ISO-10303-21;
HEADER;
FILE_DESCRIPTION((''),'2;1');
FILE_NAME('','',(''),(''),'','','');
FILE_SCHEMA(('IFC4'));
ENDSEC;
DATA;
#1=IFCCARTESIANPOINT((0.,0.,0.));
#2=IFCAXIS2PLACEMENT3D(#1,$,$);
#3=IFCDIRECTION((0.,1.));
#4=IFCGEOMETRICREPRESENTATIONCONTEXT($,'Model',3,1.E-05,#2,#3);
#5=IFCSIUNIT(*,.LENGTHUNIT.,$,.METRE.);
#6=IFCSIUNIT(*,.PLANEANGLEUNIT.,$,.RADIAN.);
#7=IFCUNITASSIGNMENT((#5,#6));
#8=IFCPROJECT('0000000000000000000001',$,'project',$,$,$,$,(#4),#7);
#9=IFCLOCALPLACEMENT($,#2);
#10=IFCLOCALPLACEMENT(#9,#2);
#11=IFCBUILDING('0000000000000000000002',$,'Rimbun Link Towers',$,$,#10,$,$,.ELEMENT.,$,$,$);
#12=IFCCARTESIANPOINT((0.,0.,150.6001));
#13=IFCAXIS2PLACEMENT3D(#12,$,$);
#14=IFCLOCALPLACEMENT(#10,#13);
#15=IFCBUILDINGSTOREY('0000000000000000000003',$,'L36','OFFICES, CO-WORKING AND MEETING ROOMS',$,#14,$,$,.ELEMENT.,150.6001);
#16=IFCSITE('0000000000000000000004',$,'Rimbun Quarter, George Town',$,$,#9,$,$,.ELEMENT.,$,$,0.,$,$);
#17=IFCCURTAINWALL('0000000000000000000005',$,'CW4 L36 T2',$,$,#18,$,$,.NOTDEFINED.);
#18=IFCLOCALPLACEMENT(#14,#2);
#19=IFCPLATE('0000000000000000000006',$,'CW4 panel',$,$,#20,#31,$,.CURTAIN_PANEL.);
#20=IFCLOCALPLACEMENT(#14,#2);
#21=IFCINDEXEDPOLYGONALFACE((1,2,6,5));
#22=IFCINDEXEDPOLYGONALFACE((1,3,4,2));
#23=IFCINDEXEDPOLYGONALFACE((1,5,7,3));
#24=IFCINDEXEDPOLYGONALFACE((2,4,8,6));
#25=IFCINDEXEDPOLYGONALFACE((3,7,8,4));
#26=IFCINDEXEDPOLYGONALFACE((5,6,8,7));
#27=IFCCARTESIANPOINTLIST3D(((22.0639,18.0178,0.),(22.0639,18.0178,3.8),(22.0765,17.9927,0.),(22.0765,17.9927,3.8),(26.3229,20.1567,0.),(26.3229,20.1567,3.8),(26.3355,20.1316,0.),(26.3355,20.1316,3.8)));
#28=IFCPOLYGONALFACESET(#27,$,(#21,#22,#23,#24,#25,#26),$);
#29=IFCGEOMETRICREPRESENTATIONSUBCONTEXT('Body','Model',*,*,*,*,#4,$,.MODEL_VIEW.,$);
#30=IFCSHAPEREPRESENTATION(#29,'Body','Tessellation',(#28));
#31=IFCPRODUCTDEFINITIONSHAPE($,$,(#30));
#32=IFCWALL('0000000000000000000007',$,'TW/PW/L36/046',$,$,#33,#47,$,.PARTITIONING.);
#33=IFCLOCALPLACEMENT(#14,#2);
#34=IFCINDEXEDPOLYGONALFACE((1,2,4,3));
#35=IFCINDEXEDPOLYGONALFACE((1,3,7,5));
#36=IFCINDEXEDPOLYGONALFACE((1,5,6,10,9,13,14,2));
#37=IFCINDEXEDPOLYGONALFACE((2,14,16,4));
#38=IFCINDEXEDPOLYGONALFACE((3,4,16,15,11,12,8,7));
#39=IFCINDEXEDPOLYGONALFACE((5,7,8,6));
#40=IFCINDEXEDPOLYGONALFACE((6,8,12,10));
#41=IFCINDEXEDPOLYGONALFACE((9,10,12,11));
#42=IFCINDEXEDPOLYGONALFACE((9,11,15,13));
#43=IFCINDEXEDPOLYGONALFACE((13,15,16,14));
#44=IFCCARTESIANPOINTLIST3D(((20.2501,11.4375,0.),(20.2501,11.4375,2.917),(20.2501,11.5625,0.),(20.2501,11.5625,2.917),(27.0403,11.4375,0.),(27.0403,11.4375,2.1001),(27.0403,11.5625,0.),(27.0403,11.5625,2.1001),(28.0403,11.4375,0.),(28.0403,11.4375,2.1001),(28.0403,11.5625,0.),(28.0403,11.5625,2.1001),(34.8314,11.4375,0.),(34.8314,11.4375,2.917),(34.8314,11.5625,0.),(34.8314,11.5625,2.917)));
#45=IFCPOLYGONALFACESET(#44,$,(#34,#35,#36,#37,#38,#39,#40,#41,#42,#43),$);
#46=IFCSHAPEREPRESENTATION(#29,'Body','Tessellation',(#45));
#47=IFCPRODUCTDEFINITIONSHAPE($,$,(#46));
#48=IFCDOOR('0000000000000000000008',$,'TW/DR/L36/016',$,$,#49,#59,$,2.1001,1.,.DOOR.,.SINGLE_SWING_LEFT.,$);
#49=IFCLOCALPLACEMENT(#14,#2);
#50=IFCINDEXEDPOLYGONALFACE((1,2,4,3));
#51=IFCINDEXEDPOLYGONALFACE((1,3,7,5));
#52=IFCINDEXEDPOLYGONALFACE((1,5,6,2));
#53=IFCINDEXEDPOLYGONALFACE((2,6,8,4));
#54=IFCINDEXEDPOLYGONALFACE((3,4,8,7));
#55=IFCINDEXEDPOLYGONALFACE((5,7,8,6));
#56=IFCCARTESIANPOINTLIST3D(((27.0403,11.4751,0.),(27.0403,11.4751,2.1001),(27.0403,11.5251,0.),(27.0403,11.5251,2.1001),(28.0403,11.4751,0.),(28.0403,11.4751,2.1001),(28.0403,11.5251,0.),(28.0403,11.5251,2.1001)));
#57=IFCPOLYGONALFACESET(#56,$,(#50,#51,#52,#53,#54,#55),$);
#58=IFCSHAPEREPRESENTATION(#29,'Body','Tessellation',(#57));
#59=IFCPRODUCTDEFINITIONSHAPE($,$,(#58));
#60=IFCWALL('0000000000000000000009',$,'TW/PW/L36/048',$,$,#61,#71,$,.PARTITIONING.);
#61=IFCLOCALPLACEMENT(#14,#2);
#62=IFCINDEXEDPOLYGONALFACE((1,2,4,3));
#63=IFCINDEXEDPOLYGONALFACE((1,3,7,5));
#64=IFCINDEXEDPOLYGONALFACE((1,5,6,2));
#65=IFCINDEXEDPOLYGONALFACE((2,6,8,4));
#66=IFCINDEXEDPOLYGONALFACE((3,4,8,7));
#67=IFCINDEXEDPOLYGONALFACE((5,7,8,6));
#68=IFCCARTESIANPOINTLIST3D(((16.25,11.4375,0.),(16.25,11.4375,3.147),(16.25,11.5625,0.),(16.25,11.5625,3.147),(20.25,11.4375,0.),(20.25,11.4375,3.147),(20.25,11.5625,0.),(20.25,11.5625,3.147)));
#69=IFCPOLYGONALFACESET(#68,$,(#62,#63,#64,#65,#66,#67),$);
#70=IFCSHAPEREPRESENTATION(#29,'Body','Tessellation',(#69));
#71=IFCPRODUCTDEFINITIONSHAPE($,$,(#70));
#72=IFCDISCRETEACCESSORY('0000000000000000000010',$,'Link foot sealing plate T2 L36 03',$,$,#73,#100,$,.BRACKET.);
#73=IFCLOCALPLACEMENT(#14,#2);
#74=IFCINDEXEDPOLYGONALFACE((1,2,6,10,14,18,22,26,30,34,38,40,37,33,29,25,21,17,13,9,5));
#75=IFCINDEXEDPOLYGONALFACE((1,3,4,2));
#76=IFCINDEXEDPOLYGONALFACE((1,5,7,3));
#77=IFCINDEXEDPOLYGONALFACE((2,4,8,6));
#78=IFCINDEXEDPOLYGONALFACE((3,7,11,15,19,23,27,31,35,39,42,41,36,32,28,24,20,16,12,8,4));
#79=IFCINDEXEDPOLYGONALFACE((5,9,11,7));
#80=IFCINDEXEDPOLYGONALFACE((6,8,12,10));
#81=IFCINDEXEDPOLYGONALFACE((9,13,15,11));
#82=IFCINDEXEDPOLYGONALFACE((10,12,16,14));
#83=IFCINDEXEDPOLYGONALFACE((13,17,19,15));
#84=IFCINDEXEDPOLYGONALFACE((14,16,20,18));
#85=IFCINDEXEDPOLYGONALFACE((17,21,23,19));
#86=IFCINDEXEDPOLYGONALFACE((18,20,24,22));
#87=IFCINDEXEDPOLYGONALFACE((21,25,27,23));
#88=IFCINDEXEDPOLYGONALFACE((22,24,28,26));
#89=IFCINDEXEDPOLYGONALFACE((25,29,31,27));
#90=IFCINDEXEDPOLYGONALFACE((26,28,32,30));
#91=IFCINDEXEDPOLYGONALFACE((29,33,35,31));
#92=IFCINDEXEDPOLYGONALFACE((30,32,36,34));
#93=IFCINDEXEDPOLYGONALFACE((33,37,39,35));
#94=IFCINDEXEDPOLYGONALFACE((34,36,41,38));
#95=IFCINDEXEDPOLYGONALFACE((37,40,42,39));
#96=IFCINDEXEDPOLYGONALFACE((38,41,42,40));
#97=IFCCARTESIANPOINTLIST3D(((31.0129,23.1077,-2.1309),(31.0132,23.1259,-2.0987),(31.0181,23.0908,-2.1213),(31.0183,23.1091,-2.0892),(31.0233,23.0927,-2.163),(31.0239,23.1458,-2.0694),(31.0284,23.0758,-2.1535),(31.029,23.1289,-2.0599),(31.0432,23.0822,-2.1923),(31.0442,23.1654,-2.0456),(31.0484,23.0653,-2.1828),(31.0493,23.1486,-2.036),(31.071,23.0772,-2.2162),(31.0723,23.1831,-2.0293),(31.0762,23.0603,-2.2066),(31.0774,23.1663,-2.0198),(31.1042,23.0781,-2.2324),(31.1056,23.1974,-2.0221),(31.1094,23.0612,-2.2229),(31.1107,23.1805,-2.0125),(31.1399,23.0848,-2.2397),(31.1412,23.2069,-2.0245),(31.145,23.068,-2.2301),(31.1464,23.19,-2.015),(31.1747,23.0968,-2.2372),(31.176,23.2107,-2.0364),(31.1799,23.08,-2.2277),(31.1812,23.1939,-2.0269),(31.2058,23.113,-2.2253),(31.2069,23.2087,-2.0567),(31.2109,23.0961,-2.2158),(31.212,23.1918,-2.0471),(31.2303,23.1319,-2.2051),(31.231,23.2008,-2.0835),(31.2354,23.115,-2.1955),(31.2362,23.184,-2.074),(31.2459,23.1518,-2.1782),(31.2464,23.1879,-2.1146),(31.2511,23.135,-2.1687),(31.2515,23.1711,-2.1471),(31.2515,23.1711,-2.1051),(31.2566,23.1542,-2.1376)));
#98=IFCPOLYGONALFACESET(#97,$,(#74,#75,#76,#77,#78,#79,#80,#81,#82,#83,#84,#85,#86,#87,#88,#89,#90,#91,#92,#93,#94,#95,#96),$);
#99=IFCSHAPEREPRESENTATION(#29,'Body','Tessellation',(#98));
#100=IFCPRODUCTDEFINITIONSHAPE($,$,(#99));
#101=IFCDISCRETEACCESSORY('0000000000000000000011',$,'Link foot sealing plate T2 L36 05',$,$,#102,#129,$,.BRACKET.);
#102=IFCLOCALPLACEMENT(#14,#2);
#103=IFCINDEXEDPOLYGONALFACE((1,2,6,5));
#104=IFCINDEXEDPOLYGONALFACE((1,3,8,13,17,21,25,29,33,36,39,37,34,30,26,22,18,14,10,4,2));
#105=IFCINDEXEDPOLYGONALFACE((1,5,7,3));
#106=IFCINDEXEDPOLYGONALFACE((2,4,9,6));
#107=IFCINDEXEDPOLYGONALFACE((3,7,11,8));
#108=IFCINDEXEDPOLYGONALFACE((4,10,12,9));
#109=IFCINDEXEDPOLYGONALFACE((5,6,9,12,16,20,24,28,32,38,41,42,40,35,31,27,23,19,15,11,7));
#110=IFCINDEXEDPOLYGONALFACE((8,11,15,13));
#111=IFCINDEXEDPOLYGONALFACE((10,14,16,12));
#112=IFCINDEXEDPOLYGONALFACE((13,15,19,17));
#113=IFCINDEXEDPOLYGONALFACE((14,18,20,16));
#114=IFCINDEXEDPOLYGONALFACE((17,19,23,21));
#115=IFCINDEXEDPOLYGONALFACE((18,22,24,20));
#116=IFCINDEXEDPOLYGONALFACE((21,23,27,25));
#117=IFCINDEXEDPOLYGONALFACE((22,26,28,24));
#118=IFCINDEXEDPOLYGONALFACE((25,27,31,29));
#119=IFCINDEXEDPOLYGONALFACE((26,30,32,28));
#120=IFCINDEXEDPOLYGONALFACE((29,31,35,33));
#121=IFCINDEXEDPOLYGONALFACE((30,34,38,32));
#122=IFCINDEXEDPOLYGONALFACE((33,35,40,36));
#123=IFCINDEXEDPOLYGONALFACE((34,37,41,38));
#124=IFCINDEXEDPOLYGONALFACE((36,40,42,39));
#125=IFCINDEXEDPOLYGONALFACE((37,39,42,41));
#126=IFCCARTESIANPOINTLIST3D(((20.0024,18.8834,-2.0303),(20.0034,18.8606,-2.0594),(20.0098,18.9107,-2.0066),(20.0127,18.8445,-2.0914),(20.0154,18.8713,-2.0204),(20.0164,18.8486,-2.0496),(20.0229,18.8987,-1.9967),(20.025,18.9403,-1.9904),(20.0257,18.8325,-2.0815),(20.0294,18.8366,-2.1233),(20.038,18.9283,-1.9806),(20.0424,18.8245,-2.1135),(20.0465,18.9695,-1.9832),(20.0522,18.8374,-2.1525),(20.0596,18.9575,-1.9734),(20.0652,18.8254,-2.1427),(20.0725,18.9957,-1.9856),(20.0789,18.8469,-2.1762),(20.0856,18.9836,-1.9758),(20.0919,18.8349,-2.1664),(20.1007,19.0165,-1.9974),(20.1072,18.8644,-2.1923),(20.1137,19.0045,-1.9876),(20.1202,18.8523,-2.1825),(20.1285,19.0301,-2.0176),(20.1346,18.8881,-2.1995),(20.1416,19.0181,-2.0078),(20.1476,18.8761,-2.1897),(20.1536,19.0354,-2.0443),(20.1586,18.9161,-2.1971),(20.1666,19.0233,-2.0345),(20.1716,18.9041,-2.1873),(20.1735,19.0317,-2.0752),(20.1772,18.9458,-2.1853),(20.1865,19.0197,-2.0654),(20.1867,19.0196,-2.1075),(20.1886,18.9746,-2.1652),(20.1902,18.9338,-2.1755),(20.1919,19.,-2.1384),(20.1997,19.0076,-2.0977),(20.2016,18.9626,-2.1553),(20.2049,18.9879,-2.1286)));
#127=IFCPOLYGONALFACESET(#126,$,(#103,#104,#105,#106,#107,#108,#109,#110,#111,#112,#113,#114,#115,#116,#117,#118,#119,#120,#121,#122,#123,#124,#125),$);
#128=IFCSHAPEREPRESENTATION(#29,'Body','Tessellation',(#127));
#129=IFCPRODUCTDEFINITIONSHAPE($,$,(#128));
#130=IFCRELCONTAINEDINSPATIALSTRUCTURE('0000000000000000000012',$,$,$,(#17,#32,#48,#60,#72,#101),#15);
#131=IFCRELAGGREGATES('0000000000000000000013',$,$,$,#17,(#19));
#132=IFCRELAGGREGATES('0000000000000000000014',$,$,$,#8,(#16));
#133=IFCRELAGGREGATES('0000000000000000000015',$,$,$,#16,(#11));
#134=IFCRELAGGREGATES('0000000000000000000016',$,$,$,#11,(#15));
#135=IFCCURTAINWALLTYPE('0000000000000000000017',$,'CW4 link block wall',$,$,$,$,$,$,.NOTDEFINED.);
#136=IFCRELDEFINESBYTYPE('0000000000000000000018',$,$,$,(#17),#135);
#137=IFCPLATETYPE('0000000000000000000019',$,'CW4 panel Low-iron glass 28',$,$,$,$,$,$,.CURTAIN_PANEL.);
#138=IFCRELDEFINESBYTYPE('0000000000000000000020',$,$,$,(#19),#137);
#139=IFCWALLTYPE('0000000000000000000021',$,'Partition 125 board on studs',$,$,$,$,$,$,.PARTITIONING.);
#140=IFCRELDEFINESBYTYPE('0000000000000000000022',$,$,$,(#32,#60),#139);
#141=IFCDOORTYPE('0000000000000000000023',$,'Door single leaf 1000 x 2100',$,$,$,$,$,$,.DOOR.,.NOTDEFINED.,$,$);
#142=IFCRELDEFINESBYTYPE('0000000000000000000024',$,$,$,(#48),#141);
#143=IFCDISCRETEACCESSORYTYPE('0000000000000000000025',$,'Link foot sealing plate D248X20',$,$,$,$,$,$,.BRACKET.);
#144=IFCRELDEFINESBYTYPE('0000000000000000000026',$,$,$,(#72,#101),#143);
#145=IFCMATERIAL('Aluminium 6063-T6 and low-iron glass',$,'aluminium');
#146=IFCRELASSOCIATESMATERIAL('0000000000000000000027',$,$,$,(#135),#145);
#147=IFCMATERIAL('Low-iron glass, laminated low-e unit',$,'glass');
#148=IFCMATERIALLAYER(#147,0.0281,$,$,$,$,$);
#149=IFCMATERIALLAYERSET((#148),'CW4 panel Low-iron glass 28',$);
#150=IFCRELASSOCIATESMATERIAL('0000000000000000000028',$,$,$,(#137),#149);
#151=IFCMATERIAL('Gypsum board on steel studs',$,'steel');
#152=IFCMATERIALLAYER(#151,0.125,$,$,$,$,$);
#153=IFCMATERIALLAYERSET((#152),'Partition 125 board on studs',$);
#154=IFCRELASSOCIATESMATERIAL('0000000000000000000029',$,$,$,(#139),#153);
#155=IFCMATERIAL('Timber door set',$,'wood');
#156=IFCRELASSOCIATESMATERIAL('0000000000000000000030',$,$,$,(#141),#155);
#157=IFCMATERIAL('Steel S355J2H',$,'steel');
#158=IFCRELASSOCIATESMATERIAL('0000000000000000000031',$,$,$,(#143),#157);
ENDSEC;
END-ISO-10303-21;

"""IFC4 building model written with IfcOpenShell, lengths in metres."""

from ifc_helpers import new_model, si_unit, direction, frame, frame_2d, origin, origin_2d, place, context, subcontext, project, spatial, rectangle, circle, extrude, material, layer, layer_set, material_profile, profile_set, type_object, element, fill, aggregate, save


model = new_model("IFC4")

# Units and contexts
model_context = context("Model", 3, precision=1e-05, world=origin(), true_north=direction((0.0, 1.0)))
body_context = subcontext(model_context, "Body", "Model", "MODEL_VIEW")
ifc_project = project(units=[si_unit("LENGTHUNIT", "METRE"), si_unit("PLANEANGLEUNIT", "RADIAN")], contexts=[model_context])

# Site, building, storey
site_placement = place(None, origin())
site = spatial("IfcSite", under=ifc_project, at=site_placement, Name="Rimbun Quarter, George Town", CompositionType="ELEMENT", RefElevation=0.0)
building_placement = place(site_placement, origin())
building = spatial("IfcBuilding", under=site, at=building_placement, Name="Rimbun Link Towers", CompositionType="ELEMENT")
storey_placement = place(building_placement, frame((0.0, 0.0, 150.6001)))
storey = spatial("IfcBuildingStorey", under=building, at=storey_placement, Name="L36", Description="OFFICES, CO-WORKING AND MEETING ROOMS", CompositionType="ELEMENT", Elevation=150.6001)

# Curtain wall
ifc_material_1 = material(Name="Aluminium 6063-T6 and low-iron glass", Category="aluminium")
curtain_wall_type = type_object("IfcCurtainWallType", Name="CW4 link block wall", PredefinedType="NOTDEFINED", material=ifc_material_1)
curtain_wall_placement = place(storey_placement, origin())
curtain_wall = element("IfcCurtainWall", 1, at=curtain_wall_placement, inside=storey, type_object=curtain_wall_type, Name="CW4 L36 T2", PredefinedType="NOTDEFINED")

# Plate
ifc_material_2 = material(Name="Low-iron glass, laminated low-e unit", Category="glass")
ifc_layer_1 = layer(ifc_material_2, 0.0281)
ifc_layer_set_1 = layer_set([ifc_layer_1], Name="CW4 panel Low-iron glass 28")
plate_type = type_object("IfcPlateType", Name="CW4 panel Low-iron glass 28", PredefinedType="CURTAIN_PANEL", material=ifc_layer_set_1)
plate_1_placement = place(storey_placement, frame((24.1997, 19.0747, 0.0), z_axis=(0.0, 0.0, 1.0), x_axis=(0.893641, 0.448782, 0.0)))
plate_1 = element("IfcPlate", 2, at=plate_1_placement, type_object=plate_type, Name="CW4 panel", PredefinedType="CURTAIN_PANEL", context=body_context, shape_type="SweptSolid", body=[
    extrude(rectangle(XDim=4.7659, YDim=0.0281, at=origin_2d()), origin(), (0.0, 0.0, 1.0), 3.8),
])
aggregate(curtain_wall, [plate_1])

# Wall, opening, door
ifc_material_3 = material(Name="Gypsum board on steel studs", Category="steel")
ifc_layer_2 = layer(ifc_material_3, 0.125)
ifc_layer_set_2 = layer_set([ifc_layer_2], Name="Partition 125 board on studs")
wall_type = type_object("IfcWallType", Name="Partition 125 board on studs", PredefinedType="PARTITIONING", material=ifc_layer_set_2)
wall_1_placement = place(storey_placement, frame((34.8313, 11.5, 0.0), z_axis=(0.0, 0.0, 1.0), x_axis=(-1.0, 0.0, 0.0)))
wall_1 = element("IfcWall", 3, at=wall_1_placement, inside=storey, type_object=wall_type, Name="TW/PW/L36/046", PredefinedType="PARTITIONING", context=body_context, shape_type="SweptSolid", body=[
    extrude(rectangle(XDim=14.5813, YDim=0.125, at=frame_2d((7.2905, 0.0))), origin(), (0.0, 0.0, 1.0), 2.917),
])
opening_placement = place(wall_1_placement, frame((6.791, 0.0, 0.0)))
opening = element("IfcOpeningElement", 4, at=opening_placement, cuts=wall_1, PredefinedType="OPENING", context=body_context, shape_type="SweptSolid", body=[
    extrude(rectangle(XDim=1.0, YDim=2.1001, at=frame_2d((0.5, 1.05))), frame((0.0, 0.0725, 0.0), z_axis=(0.0, -1.0, 0.0), x_axis=(1.0, 0.0, 0.0)), (0.0, 0.0, 1.0), 0.145),
])
ifc_material_4 = material(Name="Timber door set", Category="wood")
door_type = type_object("IfcDoorType", Name="Door single leaf 1000 x 2100", OperationType="NOTDEFINED", PredefinedType="DOOR", material=ifc_material_4)
door_placement = place(opening_placement, origin())
door = element("IfcDoor", 5, at=door_placement, inside=storey, type_object=door_type, Name="TW/DR/L36/016", OperationType="SINGLE_SWING_LEFT", OverallHeight=2.1001, OverallWidth=1.0, PredefinedType="DOOR", context=body_context, shape_type="SweptSolid", body=[
    extrude(rectangle(XDim=1.0, YDim=2.1001, at=frame_2d((0.5, 1.05))), frame((0.0, 0.0249, 0.0), z_axis=(0.0, -1.0, 0.0), x_axis=(1.0, 0.0, 0.0)), (0.0, 0.0, 1.0), 0.05),
])
fill(opening, door)

# Wall
wall_2_placement = place(storey_placement, frame((20.25, 11.5, 0.0), z_axis=(0.0, 0.0, 1.0), x_axis=(-1.0, 0.0, 0.0)))
element("IfcWall", 6, at=wall_2_placement, inside=storey, type_object=wall_type, Name="TW/PW/L36/048", PredefinedType="PARTITIONING", context=body_context, shape_type="SweptSolid", body=[
    extrude(rectangle(XDim=4.0, YDim=0.125, at=frame_2d((2.0, 0.0))), origin(), (0.0, 0.0, 1.0), 3.147),
])

# Discrete accessories
ifc_material_5 = material(Name="Steel S355J2H", Category="steel")
ifc_material_profile_1 = material_profile(ifc_material_5, circle(Radius=0.124, at=origin_2d()), Name="PL D248")
ifc_profile_set_1 = profile_set([ifc_material_profile_1], Name="Steel S355J2H")
discrete_accessory_type = type_object("IfcDiscreteAccessoryType", Name="Link foot sealing plate D248X20", PredefinedType="BRACKET", material=ifc_profile_set_1)
discrete_accessory_1_placement = place(storey_placement, frame((31.1367, 23.127, -2.1213), z_axis=(-0.256117, 0.841526, -0.475645), x_axis=(-0.956674, -0.291162, 0.0)))
element("IfcDiscreteAccessory", 7, at=discrete_accessory_1_placement, inside=storey, type_object=discrete_accessory_type, Name="Link foot sealing plate T2 L36 03", PredefinedType="BRACKET", context=body_context, shape_type="SweptSolid", body=[
    extrude(circle(Radius=0.124, at=origin_2d()), origin(), (0.0, 0.0, 1.0), 0.02),
])
discrete_accessory_2_placement = place(storey_placement, frame((20.1099, 18.9236, -2.0815), z_axis=(-0.642247, 0.593776, -0.484715), x_axis=(-0.678855, -0.734272, 0.0)))
element("IfcDiscreteAccessory", 8, at=discrete_accessory_2_placement, inside=storey, type_object=discrete_accessory_type, Name="Link foot sealing plate T2 L36 05", PredefinedType="BRACKET", context=body_context, shape_type="SweptSolid", body=[
    extrude(circle(Radius=0.124, at=origin_2d()), origin(), (0.0, 0.0, 1.0), 0.0203),
])

save(model, "model.ifc")
